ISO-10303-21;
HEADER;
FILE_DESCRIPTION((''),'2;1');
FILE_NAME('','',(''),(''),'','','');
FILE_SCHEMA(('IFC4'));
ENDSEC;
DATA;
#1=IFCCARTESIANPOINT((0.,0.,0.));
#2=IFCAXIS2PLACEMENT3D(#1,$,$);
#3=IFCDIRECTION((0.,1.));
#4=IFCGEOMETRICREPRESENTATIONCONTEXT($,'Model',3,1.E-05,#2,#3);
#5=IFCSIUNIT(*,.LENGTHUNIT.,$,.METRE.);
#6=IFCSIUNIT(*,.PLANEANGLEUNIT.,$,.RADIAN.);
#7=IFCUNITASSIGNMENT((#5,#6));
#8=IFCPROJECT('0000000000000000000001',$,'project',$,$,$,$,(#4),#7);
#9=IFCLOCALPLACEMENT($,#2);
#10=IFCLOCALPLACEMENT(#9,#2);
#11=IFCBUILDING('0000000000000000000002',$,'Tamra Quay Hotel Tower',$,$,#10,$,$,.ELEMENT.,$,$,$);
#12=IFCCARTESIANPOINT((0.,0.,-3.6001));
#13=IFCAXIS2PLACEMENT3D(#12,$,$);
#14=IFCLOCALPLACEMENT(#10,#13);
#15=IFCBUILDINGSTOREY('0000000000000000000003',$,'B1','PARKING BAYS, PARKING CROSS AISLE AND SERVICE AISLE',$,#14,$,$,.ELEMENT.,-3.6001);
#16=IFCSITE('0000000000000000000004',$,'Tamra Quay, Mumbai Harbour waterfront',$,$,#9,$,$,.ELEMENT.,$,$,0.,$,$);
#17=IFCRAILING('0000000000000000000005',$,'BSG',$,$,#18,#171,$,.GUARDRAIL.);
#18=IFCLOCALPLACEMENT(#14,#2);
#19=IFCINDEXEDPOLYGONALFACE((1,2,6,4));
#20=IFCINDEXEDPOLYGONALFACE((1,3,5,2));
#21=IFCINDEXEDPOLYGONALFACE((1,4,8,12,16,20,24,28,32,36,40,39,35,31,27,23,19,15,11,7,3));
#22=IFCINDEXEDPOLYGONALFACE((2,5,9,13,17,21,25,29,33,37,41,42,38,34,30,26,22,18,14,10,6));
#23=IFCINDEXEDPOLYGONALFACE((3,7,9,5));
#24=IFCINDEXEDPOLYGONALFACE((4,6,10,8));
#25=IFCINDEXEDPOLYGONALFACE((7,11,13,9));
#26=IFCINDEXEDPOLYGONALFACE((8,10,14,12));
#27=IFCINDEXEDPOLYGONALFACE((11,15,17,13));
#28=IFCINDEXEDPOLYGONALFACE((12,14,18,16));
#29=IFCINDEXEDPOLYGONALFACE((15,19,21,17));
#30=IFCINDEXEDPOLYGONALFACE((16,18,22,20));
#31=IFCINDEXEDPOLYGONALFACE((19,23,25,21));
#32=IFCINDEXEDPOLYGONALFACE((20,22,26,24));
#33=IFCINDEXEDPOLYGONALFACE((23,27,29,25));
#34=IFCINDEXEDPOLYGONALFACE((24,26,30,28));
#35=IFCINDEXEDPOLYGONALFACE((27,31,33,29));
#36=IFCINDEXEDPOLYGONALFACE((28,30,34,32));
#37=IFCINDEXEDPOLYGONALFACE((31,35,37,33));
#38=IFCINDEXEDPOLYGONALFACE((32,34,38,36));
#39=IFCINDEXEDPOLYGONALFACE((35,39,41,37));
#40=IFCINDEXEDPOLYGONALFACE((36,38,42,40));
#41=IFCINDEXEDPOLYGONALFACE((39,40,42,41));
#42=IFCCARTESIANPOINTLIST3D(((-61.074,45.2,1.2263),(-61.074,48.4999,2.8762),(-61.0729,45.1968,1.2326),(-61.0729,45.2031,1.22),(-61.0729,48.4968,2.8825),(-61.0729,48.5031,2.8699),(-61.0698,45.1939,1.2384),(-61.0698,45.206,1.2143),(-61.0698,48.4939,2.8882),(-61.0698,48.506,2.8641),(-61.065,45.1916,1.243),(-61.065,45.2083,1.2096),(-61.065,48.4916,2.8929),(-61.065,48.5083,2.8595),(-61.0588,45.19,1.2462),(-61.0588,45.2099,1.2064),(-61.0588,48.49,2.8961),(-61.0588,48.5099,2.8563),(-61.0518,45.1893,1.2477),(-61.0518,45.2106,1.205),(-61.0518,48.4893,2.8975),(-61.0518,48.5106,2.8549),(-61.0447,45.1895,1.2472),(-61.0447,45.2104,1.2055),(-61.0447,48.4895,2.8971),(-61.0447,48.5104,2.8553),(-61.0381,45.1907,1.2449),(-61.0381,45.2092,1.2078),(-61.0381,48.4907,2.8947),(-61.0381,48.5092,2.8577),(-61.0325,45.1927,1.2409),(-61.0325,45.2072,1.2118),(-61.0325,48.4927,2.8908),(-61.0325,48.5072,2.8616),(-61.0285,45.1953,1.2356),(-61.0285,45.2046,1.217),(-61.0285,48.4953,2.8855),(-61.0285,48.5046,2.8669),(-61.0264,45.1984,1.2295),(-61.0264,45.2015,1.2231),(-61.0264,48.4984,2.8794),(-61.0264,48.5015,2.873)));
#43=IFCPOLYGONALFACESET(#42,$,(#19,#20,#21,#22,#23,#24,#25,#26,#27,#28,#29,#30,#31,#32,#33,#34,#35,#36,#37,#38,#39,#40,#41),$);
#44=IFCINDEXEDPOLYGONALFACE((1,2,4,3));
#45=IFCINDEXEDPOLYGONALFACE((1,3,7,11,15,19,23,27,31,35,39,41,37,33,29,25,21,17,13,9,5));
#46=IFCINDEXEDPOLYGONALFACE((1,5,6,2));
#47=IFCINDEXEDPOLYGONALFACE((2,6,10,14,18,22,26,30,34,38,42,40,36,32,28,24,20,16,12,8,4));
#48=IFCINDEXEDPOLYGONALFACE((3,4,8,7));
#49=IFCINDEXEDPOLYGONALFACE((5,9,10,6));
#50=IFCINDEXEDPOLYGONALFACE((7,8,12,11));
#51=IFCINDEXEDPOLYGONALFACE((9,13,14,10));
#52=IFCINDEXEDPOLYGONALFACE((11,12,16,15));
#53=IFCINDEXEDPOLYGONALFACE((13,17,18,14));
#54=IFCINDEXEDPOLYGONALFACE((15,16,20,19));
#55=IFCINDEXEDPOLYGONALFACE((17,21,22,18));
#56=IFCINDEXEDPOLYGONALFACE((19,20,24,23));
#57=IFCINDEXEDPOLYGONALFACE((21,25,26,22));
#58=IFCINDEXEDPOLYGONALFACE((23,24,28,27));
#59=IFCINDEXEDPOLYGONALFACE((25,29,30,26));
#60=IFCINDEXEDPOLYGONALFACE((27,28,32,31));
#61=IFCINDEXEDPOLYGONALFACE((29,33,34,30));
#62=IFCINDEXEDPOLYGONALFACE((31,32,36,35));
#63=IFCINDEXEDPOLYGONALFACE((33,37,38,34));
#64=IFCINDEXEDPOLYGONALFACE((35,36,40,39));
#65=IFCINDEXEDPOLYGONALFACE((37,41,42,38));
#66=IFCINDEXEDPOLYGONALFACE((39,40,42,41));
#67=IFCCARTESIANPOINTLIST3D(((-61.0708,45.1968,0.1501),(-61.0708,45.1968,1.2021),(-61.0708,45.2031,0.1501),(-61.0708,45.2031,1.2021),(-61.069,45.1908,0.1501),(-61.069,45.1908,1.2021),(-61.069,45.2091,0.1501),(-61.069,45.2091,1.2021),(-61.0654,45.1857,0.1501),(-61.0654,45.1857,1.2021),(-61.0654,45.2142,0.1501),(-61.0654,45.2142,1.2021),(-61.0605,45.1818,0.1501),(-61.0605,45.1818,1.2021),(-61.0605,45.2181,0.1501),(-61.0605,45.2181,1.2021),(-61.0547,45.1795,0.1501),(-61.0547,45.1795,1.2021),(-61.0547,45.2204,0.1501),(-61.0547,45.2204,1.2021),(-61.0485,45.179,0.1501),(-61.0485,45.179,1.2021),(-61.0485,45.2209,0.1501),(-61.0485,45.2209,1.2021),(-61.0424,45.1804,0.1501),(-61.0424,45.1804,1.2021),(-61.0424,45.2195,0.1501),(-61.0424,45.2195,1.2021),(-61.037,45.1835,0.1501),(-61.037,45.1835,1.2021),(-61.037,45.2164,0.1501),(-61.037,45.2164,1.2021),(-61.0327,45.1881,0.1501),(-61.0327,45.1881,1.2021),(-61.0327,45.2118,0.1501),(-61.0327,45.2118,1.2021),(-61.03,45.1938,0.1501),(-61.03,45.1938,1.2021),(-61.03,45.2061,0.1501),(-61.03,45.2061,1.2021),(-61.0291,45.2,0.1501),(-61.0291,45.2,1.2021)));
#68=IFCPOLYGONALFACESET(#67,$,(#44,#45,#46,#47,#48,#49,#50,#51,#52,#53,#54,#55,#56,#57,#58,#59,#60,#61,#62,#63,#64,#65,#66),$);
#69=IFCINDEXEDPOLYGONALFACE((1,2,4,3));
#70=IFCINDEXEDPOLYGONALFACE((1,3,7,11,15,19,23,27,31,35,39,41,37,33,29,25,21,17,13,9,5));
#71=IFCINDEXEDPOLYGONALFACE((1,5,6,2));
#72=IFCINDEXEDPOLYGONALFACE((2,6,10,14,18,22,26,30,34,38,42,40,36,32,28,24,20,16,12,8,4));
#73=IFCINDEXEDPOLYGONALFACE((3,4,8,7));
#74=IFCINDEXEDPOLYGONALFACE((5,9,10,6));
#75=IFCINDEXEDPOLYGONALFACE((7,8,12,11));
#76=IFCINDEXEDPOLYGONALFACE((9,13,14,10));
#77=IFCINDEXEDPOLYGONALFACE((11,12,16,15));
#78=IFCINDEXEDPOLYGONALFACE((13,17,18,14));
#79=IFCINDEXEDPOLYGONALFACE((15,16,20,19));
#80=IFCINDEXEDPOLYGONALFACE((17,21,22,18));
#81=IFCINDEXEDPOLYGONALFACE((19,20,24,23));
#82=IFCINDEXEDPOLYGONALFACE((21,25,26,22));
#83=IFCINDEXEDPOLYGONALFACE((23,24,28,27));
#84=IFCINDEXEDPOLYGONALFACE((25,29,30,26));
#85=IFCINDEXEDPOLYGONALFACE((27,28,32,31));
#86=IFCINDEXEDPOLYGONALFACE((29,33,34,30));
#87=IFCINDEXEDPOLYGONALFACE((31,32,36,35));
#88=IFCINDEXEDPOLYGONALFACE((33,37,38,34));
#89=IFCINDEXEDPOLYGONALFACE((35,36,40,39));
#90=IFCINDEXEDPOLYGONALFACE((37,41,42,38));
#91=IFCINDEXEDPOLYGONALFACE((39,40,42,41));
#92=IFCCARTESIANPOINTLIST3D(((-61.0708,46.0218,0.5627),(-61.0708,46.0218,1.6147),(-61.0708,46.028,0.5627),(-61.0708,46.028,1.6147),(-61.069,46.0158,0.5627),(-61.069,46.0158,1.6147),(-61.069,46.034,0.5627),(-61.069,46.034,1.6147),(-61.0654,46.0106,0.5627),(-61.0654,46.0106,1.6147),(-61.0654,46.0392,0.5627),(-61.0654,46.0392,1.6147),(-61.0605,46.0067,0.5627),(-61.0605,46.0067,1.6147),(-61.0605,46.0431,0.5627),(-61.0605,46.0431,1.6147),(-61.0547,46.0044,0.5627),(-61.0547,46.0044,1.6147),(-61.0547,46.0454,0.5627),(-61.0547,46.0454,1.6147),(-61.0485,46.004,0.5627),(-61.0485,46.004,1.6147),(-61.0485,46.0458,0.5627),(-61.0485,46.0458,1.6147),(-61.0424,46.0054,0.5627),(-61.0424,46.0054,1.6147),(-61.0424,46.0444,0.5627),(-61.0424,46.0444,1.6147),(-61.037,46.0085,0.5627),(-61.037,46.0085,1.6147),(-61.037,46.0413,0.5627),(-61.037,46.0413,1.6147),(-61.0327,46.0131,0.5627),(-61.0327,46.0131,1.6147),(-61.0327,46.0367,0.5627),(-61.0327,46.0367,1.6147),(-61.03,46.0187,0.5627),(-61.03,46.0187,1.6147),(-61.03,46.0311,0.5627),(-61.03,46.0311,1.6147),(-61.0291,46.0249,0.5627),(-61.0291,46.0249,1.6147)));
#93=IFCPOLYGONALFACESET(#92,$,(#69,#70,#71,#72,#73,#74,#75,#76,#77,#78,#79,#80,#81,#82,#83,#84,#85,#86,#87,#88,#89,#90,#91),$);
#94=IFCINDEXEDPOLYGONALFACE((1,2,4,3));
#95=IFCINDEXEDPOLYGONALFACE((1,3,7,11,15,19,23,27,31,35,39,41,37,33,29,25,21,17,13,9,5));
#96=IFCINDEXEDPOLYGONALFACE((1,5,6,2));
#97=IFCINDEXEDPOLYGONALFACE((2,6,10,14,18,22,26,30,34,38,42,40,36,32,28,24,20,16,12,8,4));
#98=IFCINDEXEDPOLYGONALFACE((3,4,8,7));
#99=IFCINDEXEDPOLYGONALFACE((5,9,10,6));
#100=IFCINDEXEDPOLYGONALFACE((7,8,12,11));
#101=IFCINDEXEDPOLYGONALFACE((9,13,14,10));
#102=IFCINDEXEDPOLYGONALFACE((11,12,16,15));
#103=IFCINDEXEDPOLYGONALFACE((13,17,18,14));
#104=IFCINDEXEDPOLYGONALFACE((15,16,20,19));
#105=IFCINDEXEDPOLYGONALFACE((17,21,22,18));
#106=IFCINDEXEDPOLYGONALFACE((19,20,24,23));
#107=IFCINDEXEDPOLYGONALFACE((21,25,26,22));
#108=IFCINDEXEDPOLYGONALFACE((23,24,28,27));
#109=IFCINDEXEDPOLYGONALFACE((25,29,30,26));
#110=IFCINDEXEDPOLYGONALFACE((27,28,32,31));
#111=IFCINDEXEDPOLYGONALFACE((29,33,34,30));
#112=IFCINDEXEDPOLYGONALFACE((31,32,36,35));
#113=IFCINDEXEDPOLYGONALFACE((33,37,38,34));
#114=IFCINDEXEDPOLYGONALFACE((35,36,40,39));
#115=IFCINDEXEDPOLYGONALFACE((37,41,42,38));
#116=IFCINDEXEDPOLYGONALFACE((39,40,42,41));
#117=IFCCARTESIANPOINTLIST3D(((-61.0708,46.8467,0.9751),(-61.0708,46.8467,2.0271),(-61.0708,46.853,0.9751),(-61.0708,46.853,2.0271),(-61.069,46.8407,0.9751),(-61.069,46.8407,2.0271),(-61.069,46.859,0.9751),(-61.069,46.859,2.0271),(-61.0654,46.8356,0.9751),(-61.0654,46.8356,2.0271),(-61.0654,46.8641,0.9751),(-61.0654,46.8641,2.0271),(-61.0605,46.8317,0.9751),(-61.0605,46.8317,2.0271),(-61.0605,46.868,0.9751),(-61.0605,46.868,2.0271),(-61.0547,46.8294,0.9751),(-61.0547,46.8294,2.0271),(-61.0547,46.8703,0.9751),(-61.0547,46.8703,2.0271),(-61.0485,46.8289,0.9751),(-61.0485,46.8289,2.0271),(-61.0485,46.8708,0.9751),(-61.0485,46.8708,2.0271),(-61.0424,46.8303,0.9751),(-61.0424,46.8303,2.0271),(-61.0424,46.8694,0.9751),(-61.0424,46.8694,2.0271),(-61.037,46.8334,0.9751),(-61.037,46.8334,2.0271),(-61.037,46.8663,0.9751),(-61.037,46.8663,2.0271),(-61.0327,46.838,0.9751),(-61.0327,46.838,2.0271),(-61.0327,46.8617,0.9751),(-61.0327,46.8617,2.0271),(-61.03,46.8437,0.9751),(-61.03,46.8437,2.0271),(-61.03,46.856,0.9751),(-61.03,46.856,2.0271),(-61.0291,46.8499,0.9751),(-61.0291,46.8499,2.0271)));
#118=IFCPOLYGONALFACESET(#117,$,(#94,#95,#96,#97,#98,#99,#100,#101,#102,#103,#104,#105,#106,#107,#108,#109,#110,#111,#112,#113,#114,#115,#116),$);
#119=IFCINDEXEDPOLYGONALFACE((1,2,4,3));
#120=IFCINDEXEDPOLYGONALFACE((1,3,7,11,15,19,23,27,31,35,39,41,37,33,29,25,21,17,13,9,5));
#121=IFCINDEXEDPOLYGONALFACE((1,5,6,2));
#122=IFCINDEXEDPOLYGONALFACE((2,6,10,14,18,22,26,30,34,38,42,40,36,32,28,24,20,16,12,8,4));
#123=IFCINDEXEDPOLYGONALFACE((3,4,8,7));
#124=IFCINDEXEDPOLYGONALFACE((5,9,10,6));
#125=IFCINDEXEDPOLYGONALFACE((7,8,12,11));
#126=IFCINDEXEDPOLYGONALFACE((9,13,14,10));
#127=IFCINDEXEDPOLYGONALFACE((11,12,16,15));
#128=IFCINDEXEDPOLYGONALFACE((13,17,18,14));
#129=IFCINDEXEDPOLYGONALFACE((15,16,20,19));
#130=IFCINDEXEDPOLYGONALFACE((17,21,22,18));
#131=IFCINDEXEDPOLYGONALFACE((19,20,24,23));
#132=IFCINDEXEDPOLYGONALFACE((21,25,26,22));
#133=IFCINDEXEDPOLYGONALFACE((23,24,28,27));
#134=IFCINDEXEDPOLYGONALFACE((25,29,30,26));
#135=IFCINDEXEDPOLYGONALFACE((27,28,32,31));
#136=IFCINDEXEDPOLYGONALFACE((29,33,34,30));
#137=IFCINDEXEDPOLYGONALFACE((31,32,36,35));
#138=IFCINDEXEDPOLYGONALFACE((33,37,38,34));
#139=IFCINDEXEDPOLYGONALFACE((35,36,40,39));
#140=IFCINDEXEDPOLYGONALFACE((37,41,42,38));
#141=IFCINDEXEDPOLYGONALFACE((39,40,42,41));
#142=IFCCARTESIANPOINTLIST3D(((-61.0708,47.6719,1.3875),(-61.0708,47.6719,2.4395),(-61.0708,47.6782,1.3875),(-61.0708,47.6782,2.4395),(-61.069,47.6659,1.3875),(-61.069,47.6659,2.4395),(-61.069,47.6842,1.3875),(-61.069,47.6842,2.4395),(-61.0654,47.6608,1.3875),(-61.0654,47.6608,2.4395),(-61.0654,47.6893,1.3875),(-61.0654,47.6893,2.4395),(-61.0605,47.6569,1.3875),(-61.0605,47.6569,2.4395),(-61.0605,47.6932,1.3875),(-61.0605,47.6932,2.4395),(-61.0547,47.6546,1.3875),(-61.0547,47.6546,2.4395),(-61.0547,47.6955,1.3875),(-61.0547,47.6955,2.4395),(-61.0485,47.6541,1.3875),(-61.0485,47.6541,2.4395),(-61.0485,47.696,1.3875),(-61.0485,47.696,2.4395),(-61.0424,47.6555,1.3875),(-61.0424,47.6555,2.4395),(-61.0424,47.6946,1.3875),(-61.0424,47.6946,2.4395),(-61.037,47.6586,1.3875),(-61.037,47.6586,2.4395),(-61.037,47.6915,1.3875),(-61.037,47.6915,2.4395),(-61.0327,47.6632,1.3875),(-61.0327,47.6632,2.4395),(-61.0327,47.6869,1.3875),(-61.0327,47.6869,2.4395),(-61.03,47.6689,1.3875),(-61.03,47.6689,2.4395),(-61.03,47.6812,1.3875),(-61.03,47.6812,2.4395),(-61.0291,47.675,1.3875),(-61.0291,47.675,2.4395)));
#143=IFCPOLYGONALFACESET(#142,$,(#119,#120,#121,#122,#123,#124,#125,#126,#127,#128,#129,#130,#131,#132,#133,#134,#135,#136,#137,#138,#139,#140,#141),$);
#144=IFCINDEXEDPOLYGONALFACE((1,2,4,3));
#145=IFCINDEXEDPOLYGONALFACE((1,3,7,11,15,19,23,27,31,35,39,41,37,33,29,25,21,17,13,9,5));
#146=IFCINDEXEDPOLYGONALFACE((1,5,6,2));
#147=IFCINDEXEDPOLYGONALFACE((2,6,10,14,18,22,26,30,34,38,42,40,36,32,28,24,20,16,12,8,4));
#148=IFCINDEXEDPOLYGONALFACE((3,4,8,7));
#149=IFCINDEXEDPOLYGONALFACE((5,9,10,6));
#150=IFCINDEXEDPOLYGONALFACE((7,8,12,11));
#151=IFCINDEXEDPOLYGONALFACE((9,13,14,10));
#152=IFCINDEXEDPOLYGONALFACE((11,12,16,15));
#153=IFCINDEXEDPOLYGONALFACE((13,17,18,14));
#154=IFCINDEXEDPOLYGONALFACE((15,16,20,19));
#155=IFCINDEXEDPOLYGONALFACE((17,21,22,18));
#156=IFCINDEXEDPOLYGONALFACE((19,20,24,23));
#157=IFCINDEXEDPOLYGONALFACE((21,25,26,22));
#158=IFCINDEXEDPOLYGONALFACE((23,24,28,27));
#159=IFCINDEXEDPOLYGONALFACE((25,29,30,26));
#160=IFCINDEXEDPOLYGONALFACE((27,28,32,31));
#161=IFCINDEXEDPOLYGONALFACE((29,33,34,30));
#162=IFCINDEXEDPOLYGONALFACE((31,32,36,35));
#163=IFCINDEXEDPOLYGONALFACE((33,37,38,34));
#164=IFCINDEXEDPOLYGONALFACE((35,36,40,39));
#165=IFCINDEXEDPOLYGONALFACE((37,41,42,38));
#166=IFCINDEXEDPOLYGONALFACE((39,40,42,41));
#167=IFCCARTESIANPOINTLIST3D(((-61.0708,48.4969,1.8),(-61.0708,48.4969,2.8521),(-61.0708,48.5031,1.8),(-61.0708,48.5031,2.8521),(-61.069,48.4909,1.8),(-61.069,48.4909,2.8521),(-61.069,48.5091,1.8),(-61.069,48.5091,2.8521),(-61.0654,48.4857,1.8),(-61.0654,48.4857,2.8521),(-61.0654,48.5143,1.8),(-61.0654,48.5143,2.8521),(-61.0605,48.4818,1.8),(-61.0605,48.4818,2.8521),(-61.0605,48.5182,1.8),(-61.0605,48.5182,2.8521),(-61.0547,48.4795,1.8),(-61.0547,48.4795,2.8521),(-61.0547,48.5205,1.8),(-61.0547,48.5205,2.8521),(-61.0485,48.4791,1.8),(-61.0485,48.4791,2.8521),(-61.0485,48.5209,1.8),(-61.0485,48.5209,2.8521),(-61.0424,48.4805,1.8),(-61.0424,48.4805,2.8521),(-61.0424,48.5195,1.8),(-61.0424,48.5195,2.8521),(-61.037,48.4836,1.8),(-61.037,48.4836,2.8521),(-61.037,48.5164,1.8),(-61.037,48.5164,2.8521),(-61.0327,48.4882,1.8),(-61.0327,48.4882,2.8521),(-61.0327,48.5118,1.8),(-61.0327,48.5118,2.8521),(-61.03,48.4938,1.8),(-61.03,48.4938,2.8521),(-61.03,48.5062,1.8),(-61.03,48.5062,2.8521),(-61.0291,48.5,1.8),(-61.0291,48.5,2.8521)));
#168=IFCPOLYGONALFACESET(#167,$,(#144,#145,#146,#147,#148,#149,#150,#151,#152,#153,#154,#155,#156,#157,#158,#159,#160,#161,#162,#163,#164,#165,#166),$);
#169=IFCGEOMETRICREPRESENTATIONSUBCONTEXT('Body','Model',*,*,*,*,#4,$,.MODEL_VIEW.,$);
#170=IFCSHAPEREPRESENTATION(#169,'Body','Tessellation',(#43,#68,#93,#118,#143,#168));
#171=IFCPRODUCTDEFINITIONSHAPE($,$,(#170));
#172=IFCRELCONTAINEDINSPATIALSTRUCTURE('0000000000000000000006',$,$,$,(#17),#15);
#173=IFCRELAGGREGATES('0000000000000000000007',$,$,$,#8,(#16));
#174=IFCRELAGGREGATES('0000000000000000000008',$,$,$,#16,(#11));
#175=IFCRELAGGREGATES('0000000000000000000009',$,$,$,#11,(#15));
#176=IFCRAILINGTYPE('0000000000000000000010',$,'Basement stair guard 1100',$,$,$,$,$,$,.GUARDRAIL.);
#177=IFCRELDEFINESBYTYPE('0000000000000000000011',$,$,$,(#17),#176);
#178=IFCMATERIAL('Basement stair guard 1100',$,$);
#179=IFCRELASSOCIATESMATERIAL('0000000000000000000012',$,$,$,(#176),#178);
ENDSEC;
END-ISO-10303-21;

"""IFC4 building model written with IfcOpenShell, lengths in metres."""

from ifc_helpers import new_model, si_unit, direction, frame, origin, origin_2d, place, context, subcontext, project, spatial, circle, extrude, material, type_object, element, save


model = new_model("IFC4")

# Units and contexts
model_context = context("Model", 3, precision=1e-05, world=origin(), true_north=direction((0.0, 1.0)))
body_context = subcontext(model_context, "Body", "Model", "MODEL_VIEW")
ifc_project = project(units=[si_unit("LENGTHUNIT", "METRE"), si_unit("PLANEANGLEUNIT", "RADIAN")], contexts=[model_context])

# Site, building, storey
site_placement = place(None, origin())
site = spatial("IfcSite", under=ifc_project, at=site_placement, Name="Tamra Quay, Mumbai Harbour waterfront", CompositionType="ELEMENT", RefElevation=0.0)
building_placement = place(site_placement, origin())
building = spatial("IfcBuilding", under=site, at=building_placement, Name="Tamra Quay Hotel Tower", CompositionType="ELEMENT")
storey_placement = place(building_placement, frame((0.0, 0.0, -3.6001)))
storey = spatial("IfcBuildingStorey", under=building, at=storey_placement, Name="B1", Description="PARKING BAYS, PARKING CROSS AISLE AND SERVICE AISLE", CompositionType="ELEMENT", Elevation=-3.6001)

# Railing
ifc_material_1 = material(Name="Basement stair guard 1100")
railing_type_1 = type_object("IfcRailingType", Name="Basement stair guard 1100", PredefinedType="GUARDRAIL", material=ifc_material_1)
railing_1_placement = place(storey_placement, frame((-61.05, 45.2, 0.1501)))
element("IfcRailing", 1, at=railing_1_placement, inside=storey, type_object=railing_type_1, Name="BSG", PredefinedType="GUARDRAIL", context=body_context, shape_type="SweptSolid", body=[
    extrude(circle(Radius=0.0239, at=origin_2d()), frame((0.0, 0.0, 1.0762), z_axis=(0.0, 0.89444, 0.447187), x_axis=(-1.0, 0.0, 0.0)), (0.0, 0.0, 1.0), 3.6895),
    extrude(circle(Radius=0.021, at=origin_2d()), origin(), (0.0, 0.0, 1.0), 1.052),
    extrude(circle(Radius=0.021, at=origin_2d()), frame((0.0, 0.825, 0.4126)), (0.0, 0.0, 1.0), 1.052),
    extrude(circle(Radius=0.021, at=origin_2d()), frame((0.0, 1.6499, 0.825)), (0.0, 0.0, 1.0), 1.052),
    extrude(circle(Radius=0.021, at=origin_2d()), frame((0.0, 2.4751, 1.2373)), (0.0, 0.0, 1.0), 1.052),
    extrude(circle(Radius=0.021, at=origin_2d()), frame((0.0, 3.3, 1.6499)), (0.0, 0.0, 1.0), 1.052),
])

save(model, "model.ifc")
